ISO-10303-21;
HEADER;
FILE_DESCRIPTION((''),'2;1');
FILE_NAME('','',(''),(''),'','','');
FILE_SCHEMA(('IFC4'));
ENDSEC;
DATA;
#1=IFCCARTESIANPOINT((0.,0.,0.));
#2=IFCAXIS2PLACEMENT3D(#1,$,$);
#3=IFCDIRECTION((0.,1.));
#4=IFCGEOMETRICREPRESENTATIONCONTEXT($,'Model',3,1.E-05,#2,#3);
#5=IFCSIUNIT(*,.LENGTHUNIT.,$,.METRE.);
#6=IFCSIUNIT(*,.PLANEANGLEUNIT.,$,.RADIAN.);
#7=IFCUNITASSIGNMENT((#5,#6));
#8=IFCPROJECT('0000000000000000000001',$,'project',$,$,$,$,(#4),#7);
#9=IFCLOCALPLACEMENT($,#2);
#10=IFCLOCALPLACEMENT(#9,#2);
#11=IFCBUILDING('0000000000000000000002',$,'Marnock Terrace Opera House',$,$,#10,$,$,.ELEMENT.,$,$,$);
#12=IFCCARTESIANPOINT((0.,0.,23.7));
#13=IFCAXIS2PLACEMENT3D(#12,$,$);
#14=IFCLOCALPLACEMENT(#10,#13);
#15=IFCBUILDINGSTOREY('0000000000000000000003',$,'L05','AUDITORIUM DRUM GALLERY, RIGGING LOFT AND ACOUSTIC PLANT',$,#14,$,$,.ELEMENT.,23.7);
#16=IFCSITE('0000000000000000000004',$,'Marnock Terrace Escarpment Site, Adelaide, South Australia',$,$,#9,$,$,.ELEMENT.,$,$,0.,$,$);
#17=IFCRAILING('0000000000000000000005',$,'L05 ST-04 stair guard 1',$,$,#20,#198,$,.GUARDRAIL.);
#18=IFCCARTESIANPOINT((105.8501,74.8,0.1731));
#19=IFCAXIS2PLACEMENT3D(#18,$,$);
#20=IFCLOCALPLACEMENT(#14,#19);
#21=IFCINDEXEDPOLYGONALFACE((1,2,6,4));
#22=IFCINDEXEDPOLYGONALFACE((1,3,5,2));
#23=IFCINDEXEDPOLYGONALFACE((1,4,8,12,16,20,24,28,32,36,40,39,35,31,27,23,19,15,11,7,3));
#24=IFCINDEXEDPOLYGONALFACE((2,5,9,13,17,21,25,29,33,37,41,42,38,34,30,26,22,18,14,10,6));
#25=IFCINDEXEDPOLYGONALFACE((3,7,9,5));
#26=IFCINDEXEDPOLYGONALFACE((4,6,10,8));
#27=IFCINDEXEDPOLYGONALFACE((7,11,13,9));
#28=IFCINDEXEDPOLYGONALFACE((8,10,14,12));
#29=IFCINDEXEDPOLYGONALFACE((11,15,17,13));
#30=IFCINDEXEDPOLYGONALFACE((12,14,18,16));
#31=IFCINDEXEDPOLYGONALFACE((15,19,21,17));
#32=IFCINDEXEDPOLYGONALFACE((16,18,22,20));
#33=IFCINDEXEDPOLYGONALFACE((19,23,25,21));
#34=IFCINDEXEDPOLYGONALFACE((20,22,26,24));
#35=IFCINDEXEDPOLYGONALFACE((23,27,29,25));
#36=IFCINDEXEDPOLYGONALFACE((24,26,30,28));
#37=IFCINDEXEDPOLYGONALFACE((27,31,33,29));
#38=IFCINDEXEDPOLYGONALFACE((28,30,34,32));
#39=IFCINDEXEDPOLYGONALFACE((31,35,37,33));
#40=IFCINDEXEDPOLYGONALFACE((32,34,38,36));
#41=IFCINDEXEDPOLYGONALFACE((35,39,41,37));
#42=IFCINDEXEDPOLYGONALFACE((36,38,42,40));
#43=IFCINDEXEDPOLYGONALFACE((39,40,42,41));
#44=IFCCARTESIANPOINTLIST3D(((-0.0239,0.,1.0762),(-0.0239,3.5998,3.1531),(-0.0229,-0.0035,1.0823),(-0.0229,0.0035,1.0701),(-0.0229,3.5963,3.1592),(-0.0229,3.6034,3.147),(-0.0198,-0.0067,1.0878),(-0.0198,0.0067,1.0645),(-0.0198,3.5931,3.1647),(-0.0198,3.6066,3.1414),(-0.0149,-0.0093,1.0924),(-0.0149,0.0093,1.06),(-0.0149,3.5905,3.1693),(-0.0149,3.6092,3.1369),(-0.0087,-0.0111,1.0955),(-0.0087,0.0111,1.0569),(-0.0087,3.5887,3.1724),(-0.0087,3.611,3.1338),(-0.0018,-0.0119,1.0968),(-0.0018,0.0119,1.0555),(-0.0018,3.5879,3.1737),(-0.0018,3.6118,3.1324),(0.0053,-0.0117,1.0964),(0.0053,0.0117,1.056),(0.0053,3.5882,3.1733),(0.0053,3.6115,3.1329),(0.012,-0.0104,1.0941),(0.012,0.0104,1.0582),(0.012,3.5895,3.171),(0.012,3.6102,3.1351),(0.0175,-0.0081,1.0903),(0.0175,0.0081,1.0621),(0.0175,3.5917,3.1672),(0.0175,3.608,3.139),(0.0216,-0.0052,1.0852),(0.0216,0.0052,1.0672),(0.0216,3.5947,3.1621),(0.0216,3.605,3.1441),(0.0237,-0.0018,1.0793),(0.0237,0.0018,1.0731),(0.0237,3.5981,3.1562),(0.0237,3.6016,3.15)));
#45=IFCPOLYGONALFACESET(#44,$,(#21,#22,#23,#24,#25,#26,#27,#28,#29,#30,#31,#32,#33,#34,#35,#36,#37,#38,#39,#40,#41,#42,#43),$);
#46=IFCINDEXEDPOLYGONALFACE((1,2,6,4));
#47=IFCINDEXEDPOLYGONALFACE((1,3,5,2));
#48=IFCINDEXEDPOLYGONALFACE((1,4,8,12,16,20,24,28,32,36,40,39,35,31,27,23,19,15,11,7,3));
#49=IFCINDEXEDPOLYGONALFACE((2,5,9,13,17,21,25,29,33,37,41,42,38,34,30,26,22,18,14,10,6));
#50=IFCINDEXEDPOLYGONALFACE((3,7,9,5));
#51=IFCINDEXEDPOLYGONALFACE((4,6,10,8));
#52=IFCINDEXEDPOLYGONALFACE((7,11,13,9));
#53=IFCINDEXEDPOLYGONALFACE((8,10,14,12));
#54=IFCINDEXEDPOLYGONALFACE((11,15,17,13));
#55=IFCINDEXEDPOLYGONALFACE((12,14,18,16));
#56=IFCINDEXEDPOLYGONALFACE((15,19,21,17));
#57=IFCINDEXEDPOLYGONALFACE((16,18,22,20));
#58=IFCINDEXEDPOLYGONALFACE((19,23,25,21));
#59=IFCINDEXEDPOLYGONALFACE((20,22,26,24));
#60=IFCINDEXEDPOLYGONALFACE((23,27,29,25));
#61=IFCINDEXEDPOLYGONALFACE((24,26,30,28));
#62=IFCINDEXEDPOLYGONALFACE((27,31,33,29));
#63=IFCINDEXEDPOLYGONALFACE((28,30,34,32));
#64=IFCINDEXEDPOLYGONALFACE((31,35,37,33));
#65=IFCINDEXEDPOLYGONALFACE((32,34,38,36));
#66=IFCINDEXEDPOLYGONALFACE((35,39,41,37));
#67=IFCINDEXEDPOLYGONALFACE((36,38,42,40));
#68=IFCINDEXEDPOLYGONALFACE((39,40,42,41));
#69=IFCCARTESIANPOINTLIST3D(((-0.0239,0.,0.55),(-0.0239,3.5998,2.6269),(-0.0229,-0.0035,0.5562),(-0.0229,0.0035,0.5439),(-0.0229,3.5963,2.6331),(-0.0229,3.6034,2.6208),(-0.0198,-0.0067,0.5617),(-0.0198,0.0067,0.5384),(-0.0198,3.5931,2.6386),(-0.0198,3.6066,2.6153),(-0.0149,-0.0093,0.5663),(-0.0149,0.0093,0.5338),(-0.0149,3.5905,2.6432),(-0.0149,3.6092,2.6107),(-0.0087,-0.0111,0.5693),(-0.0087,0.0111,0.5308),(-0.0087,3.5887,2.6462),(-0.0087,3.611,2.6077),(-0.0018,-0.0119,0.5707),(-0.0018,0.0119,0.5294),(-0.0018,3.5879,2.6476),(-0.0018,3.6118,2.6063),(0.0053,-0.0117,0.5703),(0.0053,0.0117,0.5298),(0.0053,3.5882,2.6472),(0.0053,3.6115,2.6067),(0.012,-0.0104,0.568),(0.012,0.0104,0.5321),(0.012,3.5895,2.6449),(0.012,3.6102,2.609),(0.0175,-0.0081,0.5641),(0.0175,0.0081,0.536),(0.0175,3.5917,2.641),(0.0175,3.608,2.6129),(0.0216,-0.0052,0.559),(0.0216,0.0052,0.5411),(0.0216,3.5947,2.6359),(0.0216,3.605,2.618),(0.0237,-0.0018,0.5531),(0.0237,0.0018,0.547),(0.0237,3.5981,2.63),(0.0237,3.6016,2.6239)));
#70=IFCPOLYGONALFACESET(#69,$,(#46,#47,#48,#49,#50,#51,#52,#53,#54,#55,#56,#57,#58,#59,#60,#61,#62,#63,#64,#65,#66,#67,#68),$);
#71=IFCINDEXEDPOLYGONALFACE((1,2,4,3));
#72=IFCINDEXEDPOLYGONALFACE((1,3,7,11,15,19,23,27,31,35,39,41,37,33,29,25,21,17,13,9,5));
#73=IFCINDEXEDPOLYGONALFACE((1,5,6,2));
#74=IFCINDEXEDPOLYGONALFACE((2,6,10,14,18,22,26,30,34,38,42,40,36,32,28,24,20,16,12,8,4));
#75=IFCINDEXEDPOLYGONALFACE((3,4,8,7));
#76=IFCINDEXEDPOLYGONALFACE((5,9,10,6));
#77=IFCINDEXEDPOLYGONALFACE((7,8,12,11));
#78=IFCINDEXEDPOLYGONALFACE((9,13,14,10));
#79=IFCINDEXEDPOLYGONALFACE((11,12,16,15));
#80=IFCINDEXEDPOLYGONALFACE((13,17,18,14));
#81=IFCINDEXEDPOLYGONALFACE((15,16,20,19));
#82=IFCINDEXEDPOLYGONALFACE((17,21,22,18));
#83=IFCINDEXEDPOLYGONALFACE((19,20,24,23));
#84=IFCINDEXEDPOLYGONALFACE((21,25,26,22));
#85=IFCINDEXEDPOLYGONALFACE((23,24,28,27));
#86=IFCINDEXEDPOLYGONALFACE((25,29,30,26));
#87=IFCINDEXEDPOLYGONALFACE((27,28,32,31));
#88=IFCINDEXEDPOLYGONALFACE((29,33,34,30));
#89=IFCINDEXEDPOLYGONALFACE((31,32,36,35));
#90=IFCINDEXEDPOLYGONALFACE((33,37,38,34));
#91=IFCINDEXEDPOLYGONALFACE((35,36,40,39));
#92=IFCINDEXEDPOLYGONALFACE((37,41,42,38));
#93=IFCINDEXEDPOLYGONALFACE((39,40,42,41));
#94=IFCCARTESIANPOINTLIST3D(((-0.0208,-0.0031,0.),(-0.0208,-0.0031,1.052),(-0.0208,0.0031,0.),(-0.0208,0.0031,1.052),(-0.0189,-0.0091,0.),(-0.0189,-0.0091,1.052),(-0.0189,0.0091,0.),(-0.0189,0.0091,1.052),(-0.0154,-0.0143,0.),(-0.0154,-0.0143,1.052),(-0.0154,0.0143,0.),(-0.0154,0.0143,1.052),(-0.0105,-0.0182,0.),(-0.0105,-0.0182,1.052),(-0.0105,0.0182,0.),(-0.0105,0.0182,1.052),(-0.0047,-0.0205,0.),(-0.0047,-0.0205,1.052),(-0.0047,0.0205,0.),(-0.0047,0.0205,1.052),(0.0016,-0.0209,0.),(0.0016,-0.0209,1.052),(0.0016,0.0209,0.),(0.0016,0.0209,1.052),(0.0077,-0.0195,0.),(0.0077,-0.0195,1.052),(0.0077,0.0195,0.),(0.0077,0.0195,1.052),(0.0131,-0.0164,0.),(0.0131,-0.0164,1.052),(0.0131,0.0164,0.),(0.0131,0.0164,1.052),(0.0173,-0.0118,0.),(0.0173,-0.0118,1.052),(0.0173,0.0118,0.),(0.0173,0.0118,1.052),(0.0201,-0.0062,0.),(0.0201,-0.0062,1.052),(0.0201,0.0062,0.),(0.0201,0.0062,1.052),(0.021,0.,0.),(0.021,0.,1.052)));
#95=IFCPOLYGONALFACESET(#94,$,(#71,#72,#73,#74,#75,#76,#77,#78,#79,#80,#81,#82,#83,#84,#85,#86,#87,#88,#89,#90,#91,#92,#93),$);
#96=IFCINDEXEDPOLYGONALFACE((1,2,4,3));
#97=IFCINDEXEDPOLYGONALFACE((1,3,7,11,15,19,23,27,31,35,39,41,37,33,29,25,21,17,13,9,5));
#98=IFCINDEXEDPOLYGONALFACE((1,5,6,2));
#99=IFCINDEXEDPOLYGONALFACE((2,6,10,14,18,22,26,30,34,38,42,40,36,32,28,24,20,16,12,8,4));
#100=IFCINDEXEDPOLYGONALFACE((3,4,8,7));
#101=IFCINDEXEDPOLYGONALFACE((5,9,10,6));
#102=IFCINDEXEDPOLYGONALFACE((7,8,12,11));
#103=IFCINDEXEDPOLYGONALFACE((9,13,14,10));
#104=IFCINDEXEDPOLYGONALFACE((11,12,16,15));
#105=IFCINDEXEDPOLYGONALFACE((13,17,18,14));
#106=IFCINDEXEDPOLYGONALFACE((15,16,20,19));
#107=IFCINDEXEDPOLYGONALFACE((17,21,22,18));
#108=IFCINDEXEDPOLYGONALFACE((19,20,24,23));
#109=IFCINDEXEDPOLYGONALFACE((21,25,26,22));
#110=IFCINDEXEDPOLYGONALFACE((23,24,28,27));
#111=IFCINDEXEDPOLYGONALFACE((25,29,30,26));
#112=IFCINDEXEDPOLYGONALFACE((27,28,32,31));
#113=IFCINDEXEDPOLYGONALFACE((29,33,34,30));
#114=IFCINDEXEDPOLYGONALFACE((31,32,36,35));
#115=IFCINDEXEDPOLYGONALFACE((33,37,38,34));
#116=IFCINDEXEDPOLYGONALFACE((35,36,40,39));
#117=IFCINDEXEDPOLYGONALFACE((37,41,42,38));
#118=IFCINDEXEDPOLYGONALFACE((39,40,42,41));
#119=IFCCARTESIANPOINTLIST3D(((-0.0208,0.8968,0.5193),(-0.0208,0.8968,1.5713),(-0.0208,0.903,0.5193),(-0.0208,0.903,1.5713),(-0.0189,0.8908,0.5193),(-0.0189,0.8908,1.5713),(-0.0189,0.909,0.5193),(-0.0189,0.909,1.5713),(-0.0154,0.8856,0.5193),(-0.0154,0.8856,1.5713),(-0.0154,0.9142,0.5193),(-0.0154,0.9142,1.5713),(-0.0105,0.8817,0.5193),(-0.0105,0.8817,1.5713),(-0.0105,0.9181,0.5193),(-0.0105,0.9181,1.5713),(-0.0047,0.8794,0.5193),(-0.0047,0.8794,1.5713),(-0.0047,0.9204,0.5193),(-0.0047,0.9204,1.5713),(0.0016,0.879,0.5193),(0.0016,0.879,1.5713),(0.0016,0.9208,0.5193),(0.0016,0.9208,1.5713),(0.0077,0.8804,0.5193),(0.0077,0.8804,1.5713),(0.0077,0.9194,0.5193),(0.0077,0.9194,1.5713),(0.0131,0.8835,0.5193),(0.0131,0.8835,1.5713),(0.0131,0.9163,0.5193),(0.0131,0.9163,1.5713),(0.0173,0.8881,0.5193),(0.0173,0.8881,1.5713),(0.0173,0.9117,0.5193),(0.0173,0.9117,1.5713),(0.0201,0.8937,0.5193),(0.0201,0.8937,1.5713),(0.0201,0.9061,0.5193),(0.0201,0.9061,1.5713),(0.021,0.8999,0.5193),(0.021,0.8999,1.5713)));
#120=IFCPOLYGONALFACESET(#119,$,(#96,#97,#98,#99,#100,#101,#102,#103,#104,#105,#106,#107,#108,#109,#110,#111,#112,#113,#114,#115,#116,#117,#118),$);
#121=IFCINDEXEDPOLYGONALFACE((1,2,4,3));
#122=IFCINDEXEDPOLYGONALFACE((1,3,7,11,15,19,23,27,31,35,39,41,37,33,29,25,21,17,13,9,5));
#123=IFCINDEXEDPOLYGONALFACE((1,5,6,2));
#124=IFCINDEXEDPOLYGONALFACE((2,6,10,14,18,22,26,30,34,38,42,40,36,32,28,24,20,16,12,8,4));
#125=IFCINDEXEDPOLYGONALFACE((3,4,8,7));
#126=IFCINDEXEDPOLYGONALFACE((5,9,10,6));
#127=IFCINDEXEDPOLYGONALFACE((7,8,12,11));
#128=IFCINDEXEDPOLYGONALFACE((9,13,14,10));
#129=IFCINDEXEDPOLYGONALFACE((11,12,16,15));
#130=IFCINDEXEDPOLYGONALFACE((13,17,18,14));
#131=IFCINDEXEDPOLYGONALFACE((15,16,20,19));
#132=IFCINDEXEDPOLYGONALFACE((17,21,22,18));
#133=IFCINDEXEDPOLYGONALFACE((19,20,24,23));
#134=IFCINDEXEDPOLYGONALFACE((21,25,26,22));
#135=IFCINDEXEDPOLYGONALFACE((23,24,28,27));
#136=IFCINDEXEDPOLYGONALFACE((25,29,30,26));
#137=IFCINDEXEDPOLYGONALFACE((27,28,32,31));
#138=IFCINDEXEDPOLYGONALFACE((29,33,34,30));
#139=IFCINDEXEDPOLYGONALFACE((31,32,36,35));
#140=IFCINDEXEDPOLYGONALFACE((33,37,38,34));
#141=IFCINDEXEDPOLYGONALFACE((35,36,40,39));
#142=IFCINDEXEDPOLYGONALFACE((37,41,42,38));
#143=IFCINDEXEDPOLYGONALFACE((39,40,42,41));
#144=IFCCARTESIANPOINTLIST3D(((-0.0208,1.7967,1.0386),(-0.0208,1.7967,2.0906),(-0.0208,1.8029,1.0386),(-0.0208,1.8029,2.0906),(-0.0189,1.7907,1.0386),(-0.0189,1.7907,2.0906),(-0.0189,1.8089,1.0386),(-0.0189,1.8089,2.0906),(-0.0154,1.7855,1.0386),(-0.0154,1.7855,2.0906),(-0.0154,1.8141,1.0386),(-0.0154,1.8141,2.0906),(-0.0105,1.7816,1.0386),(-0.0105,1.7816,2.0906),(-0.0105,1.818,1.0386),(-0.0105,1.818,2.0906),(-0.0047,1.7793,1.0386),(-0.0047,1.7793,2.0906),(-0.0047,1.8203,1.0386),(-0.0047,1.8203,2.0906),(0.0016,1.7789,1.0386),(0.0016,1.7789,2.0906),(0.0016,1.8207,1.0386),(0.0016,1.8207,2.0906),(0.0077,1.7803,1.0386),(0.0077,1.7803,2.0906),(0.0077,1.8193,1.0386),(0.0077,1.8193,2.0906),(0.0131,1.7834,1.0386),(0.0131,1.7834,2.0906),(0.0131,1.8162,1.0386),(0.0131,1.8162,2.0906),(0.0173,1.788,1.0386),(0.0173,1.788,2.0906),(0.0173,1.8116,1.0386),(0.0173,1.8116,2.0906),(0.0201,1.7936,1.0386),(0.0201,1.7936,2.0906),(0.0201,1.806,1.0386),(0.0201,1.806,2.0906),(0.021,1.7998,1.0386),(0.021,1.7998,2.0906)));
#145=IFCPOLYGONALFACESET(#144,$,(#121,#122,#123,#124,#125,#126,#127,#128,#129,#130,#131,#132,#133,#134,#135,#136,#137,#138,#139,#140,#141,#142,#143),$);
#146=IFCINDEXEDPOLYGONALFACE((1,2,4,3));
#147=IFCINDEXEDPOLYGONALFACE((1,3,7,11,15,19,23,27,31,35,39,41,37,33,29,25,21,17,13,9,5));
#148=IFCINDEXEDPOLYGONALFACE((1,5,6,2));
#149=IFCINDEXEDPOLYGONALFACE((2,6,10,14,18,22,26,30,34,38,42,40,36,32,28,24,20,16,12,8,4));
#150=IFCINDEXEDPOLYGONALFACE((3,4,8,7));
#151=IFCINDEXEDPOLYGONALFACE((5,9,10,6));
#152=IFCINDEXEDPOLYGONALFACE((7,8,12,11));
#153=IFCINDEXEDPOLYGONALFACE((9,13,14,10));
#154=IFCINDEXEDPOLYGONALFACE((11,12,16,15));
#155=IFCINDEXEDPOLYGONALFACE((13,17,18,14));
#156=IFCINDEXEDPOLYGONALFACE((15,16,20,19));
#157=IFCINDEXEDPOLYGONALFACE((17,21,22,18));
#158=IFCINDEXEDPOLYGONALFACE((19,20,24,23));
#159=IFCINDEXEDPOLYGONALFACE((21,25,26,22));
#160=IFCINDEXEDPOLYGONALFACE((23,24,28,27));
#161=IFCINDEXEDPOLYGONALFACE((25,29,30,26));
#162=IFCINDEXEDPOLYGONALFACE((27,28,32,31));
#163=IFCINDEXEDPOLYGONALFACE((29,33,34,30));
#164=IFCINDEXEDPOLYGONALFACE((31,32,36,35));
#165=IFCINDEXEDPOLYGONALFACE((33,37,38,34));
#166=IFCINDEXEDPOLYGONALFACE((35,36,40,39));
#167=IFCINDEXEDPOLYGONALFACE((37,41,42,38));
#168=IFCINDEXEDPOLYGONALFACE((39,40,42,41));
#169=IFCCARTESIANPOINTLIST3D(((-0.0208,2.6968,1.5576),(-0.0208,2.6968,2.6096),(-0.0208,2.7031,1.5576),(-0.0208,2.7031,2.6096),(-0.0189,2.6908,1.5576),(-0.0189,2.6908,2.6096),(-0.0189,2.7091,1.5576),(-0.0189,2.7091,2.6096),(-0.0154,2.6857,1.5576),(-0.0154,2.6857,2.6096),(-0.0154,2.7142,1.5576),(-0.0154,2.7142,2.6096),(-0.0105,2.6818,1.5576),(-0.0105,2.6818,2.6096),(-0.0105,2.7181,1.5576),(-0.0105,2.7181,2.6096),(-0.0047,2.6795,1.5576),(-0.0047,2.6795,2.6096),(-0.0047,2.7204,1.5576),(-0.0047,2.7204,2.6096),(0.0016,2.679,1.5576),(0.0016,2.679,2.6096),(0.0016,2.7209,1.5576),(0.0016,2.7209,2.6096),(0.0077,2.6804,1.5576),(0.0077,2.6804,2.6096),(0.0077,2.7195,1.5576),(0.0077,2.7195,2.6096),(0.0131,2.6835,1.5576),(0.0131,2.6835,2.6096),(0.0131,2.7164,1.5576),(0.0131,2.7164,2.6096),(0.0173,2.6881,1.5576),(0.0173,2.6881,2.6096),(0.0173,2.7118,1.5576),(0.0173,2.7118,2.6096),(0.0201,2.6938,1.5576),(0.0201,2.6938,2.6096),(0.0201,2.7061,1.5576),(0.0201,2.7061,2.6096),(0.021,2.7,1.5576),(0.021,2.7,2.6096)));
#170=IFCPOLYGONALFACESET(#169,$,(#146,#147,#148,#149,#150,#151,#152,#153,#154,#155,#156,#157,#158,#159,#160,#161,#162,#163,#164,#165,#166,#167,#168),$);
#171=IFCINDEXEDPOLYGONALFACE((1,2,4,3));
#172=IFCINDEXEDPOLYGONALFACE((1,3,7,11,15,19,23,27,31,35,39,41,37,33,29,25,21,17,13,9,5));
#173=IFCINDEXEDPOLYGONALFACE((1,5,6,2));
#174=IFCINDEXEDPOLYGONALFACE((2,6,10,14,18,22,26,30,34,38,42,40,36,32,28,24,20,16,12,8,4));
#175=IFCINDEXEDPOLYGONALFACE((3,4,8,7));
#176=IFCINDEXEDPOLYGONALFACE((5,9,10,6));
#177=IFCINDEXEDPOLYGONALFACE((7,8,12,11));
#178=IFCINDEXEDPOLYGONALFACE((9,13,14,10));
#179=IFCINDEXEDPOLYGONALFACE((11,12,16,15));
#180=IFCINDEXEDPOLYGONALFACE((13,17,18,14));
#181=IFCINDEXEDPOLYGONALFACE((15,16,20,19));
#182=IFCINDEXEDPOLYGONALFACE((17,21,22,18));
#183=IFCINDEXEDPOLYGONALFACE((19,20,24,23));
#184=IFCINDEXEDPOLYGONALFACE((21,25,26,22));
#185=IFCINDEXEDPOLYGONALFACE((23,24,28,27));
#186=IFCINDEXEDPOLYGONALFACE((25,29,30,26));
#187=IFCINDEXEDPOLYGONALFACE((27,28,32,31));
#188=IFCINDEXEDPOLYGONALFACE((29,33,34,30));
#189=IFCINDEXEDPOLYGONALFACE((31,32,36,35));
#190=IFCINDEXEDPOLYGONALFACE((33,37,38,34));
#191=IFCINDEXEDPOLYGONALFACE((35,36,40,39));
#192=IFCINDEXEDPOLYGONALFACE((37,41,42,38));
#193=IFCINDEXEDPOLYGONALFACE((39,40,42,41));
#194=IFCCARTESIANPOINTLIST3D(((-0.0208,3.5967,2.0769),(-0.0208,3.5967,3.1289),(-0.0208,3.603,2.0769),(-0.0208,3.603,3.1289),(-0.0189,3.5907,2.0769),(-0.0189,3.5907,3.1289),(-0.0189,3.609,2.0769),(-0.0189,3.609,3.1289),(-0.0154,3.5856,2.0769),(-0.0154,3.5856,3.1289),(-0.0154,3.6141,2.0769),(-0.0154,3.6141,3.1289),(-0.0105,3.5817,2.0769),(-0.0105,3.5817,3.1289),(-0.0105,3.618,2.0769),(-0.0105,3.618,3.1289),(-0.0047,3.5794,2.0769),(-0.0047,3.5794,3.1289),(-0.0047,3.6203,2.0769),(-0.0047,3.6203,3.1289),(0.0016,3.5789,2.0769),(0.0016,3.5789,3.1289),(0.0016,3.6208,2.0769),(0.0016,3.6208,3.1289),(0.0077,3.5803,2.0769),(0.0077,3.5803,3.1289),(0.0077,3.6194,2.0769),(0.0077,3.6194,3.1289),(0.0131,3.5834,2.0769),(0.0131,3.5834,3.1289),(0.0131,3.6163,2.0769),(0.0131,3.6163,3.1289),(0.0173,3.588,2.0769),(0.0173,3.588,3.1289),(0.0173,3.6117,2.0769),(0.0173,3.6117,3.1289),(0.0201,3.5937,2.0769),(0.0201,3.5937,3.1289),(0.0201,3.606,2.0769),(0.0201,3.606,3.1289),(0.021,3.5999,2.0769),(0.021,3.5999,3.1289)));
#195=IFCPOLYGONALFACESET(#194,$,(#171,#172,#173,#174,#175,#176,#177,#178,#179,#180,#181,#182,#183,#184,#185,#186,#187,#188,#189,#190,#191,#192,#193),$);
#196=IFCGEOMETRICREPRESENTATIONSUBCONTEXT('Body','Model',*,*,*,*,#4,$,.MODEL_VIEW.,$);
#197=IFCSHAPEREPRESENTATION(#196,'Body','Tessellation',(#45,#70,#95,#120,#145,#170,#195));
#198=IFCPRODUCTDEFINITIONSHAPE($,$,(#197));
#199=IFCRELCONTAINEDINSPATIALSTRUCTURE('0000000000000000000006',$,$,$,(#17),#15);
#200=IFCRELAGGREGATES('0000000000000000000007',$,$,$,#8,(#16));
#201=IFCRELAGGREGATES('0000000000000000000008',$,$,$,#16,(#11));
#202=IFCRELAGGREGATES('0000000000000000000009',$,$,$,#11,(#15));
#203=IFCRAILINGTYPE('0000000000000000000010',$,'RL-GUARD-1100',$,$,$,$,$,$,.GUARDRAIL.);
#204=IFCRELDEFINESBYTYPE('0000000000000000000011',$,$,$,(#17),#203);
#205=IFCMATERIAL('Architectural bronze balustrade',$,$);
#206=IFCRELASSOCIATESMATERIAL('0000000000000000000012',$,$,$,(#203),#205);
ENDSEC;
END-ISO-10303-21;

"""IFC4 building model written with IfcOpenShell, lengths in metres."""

from ifc_helpers import new_model, si_unit, direction, frame, origin, origin_2d, place, context, subcontext, project, spatial, circle, extrude, material, type_object, element, save


model = new_model("IFC4")

# Units and contexts
model_context = context("Model", 3, precision=1e-05, world=origin(), true_north=direction((0.0, 1.0)))
body_context = subcontext(model_context, "Body", "Model", "MODEL_VIEW")
ifc_project = project(units=[si_unit("LENGTHUNIT", "METRE"), si_unit("PLANEANGLEUNIT", "RADIAN")], contexts=[model_context])

# Site, building, storey
site_placement = place(None, origin())
site = spatial("IfcSite", under=ifc_project, at=site_placement, Name="Marnock Terrace Escarpment Site, Adelaide, South Australia", CompositionType="ELEMENT", RefElevation=0.0)
building_placement = place(site_placement, origin())
building = spatial("IfcBuilding", under=site, at=building_placement, Name="Marnock Terrace Opera House", CompositionType="ELEMENT")
storey_placement = place(building_placement, frame((0.0, 0.0, 23.7)))
storey = spatial("IfcBuildingStorey", under=building, at=storey_placement, Name="L05", Description="AUDITORIUM DRUM GALLERY, RIGGING LOFT AND ACOUSTIC PLANT", CompositionType="ELEMENT", Elevation=23.7)

# Railing
ifc_material_1 = material(Name="Architectural bronze balustrade")
railing_type_1 = type_object("IfcRailingType", Name="RL-GUARD-1100", PredefinedType="GUARDRAIL", material=ifc_material_1)
railing_1_placement = place(storey_placement, frame((105.8501, 74.8, 0.1731)))
element("IfcRailing", 1, at=railing_1_placement, inside=storey, type_object=railing_type_1, Name="L05 ST-04 stair guard 1", PredefinedType="GUARDRAIL", context=body_context, shape_type="SweptSolid", body=[
    extrude(circle(Radius=0.0239, at=origin_2d()), frame((0.0, 0.0, 1.0762), z_axis=(0.0, 0.866179, 0.499734), x_axis=(-1.0, 0.0, 0.0)), (0.0, 0.0, 1.0), 4.156),
    extrude(circle(Radius=0.0239, at=origin_2d()), frame((0.0, 0.0, 0.55), z_axis=(0.0, 0.866179, 0.499734), x_axis=(-1.0, 0.0, 0.0)), (0.0, 0.0, 1.0), 4.156),
    extrude(circle(Radius=0.021, at=origin_2d()), origin(), (0.0, 0.0, 1.0), 1.052),
    extrude(circle(Radius=0.021, at=origin_2d()), frame((0.0, 0.8999, 0.5193)), (0.0, 0.0, 1.0), 1.052),
    extrude(circle(Radius=0.021, at=origin_2d()), frame((0.0, 1.7998, 1.0386)), (0.0, 0.0, 1.0), 1.052),
    extrude(circle(Radius=0.021, at=origin_2d()), frame((0.0, 2.7, 1.5576)), (0.0, 0.0, 1.0), 1.052),
    extrude(circle(Radius=0.021, at=origin_2d()), frame((0.0, 3.5999, 2.0769)), (0.0, 0.0, 1.0), 1.052),
])

save(model, "model.ifc")
